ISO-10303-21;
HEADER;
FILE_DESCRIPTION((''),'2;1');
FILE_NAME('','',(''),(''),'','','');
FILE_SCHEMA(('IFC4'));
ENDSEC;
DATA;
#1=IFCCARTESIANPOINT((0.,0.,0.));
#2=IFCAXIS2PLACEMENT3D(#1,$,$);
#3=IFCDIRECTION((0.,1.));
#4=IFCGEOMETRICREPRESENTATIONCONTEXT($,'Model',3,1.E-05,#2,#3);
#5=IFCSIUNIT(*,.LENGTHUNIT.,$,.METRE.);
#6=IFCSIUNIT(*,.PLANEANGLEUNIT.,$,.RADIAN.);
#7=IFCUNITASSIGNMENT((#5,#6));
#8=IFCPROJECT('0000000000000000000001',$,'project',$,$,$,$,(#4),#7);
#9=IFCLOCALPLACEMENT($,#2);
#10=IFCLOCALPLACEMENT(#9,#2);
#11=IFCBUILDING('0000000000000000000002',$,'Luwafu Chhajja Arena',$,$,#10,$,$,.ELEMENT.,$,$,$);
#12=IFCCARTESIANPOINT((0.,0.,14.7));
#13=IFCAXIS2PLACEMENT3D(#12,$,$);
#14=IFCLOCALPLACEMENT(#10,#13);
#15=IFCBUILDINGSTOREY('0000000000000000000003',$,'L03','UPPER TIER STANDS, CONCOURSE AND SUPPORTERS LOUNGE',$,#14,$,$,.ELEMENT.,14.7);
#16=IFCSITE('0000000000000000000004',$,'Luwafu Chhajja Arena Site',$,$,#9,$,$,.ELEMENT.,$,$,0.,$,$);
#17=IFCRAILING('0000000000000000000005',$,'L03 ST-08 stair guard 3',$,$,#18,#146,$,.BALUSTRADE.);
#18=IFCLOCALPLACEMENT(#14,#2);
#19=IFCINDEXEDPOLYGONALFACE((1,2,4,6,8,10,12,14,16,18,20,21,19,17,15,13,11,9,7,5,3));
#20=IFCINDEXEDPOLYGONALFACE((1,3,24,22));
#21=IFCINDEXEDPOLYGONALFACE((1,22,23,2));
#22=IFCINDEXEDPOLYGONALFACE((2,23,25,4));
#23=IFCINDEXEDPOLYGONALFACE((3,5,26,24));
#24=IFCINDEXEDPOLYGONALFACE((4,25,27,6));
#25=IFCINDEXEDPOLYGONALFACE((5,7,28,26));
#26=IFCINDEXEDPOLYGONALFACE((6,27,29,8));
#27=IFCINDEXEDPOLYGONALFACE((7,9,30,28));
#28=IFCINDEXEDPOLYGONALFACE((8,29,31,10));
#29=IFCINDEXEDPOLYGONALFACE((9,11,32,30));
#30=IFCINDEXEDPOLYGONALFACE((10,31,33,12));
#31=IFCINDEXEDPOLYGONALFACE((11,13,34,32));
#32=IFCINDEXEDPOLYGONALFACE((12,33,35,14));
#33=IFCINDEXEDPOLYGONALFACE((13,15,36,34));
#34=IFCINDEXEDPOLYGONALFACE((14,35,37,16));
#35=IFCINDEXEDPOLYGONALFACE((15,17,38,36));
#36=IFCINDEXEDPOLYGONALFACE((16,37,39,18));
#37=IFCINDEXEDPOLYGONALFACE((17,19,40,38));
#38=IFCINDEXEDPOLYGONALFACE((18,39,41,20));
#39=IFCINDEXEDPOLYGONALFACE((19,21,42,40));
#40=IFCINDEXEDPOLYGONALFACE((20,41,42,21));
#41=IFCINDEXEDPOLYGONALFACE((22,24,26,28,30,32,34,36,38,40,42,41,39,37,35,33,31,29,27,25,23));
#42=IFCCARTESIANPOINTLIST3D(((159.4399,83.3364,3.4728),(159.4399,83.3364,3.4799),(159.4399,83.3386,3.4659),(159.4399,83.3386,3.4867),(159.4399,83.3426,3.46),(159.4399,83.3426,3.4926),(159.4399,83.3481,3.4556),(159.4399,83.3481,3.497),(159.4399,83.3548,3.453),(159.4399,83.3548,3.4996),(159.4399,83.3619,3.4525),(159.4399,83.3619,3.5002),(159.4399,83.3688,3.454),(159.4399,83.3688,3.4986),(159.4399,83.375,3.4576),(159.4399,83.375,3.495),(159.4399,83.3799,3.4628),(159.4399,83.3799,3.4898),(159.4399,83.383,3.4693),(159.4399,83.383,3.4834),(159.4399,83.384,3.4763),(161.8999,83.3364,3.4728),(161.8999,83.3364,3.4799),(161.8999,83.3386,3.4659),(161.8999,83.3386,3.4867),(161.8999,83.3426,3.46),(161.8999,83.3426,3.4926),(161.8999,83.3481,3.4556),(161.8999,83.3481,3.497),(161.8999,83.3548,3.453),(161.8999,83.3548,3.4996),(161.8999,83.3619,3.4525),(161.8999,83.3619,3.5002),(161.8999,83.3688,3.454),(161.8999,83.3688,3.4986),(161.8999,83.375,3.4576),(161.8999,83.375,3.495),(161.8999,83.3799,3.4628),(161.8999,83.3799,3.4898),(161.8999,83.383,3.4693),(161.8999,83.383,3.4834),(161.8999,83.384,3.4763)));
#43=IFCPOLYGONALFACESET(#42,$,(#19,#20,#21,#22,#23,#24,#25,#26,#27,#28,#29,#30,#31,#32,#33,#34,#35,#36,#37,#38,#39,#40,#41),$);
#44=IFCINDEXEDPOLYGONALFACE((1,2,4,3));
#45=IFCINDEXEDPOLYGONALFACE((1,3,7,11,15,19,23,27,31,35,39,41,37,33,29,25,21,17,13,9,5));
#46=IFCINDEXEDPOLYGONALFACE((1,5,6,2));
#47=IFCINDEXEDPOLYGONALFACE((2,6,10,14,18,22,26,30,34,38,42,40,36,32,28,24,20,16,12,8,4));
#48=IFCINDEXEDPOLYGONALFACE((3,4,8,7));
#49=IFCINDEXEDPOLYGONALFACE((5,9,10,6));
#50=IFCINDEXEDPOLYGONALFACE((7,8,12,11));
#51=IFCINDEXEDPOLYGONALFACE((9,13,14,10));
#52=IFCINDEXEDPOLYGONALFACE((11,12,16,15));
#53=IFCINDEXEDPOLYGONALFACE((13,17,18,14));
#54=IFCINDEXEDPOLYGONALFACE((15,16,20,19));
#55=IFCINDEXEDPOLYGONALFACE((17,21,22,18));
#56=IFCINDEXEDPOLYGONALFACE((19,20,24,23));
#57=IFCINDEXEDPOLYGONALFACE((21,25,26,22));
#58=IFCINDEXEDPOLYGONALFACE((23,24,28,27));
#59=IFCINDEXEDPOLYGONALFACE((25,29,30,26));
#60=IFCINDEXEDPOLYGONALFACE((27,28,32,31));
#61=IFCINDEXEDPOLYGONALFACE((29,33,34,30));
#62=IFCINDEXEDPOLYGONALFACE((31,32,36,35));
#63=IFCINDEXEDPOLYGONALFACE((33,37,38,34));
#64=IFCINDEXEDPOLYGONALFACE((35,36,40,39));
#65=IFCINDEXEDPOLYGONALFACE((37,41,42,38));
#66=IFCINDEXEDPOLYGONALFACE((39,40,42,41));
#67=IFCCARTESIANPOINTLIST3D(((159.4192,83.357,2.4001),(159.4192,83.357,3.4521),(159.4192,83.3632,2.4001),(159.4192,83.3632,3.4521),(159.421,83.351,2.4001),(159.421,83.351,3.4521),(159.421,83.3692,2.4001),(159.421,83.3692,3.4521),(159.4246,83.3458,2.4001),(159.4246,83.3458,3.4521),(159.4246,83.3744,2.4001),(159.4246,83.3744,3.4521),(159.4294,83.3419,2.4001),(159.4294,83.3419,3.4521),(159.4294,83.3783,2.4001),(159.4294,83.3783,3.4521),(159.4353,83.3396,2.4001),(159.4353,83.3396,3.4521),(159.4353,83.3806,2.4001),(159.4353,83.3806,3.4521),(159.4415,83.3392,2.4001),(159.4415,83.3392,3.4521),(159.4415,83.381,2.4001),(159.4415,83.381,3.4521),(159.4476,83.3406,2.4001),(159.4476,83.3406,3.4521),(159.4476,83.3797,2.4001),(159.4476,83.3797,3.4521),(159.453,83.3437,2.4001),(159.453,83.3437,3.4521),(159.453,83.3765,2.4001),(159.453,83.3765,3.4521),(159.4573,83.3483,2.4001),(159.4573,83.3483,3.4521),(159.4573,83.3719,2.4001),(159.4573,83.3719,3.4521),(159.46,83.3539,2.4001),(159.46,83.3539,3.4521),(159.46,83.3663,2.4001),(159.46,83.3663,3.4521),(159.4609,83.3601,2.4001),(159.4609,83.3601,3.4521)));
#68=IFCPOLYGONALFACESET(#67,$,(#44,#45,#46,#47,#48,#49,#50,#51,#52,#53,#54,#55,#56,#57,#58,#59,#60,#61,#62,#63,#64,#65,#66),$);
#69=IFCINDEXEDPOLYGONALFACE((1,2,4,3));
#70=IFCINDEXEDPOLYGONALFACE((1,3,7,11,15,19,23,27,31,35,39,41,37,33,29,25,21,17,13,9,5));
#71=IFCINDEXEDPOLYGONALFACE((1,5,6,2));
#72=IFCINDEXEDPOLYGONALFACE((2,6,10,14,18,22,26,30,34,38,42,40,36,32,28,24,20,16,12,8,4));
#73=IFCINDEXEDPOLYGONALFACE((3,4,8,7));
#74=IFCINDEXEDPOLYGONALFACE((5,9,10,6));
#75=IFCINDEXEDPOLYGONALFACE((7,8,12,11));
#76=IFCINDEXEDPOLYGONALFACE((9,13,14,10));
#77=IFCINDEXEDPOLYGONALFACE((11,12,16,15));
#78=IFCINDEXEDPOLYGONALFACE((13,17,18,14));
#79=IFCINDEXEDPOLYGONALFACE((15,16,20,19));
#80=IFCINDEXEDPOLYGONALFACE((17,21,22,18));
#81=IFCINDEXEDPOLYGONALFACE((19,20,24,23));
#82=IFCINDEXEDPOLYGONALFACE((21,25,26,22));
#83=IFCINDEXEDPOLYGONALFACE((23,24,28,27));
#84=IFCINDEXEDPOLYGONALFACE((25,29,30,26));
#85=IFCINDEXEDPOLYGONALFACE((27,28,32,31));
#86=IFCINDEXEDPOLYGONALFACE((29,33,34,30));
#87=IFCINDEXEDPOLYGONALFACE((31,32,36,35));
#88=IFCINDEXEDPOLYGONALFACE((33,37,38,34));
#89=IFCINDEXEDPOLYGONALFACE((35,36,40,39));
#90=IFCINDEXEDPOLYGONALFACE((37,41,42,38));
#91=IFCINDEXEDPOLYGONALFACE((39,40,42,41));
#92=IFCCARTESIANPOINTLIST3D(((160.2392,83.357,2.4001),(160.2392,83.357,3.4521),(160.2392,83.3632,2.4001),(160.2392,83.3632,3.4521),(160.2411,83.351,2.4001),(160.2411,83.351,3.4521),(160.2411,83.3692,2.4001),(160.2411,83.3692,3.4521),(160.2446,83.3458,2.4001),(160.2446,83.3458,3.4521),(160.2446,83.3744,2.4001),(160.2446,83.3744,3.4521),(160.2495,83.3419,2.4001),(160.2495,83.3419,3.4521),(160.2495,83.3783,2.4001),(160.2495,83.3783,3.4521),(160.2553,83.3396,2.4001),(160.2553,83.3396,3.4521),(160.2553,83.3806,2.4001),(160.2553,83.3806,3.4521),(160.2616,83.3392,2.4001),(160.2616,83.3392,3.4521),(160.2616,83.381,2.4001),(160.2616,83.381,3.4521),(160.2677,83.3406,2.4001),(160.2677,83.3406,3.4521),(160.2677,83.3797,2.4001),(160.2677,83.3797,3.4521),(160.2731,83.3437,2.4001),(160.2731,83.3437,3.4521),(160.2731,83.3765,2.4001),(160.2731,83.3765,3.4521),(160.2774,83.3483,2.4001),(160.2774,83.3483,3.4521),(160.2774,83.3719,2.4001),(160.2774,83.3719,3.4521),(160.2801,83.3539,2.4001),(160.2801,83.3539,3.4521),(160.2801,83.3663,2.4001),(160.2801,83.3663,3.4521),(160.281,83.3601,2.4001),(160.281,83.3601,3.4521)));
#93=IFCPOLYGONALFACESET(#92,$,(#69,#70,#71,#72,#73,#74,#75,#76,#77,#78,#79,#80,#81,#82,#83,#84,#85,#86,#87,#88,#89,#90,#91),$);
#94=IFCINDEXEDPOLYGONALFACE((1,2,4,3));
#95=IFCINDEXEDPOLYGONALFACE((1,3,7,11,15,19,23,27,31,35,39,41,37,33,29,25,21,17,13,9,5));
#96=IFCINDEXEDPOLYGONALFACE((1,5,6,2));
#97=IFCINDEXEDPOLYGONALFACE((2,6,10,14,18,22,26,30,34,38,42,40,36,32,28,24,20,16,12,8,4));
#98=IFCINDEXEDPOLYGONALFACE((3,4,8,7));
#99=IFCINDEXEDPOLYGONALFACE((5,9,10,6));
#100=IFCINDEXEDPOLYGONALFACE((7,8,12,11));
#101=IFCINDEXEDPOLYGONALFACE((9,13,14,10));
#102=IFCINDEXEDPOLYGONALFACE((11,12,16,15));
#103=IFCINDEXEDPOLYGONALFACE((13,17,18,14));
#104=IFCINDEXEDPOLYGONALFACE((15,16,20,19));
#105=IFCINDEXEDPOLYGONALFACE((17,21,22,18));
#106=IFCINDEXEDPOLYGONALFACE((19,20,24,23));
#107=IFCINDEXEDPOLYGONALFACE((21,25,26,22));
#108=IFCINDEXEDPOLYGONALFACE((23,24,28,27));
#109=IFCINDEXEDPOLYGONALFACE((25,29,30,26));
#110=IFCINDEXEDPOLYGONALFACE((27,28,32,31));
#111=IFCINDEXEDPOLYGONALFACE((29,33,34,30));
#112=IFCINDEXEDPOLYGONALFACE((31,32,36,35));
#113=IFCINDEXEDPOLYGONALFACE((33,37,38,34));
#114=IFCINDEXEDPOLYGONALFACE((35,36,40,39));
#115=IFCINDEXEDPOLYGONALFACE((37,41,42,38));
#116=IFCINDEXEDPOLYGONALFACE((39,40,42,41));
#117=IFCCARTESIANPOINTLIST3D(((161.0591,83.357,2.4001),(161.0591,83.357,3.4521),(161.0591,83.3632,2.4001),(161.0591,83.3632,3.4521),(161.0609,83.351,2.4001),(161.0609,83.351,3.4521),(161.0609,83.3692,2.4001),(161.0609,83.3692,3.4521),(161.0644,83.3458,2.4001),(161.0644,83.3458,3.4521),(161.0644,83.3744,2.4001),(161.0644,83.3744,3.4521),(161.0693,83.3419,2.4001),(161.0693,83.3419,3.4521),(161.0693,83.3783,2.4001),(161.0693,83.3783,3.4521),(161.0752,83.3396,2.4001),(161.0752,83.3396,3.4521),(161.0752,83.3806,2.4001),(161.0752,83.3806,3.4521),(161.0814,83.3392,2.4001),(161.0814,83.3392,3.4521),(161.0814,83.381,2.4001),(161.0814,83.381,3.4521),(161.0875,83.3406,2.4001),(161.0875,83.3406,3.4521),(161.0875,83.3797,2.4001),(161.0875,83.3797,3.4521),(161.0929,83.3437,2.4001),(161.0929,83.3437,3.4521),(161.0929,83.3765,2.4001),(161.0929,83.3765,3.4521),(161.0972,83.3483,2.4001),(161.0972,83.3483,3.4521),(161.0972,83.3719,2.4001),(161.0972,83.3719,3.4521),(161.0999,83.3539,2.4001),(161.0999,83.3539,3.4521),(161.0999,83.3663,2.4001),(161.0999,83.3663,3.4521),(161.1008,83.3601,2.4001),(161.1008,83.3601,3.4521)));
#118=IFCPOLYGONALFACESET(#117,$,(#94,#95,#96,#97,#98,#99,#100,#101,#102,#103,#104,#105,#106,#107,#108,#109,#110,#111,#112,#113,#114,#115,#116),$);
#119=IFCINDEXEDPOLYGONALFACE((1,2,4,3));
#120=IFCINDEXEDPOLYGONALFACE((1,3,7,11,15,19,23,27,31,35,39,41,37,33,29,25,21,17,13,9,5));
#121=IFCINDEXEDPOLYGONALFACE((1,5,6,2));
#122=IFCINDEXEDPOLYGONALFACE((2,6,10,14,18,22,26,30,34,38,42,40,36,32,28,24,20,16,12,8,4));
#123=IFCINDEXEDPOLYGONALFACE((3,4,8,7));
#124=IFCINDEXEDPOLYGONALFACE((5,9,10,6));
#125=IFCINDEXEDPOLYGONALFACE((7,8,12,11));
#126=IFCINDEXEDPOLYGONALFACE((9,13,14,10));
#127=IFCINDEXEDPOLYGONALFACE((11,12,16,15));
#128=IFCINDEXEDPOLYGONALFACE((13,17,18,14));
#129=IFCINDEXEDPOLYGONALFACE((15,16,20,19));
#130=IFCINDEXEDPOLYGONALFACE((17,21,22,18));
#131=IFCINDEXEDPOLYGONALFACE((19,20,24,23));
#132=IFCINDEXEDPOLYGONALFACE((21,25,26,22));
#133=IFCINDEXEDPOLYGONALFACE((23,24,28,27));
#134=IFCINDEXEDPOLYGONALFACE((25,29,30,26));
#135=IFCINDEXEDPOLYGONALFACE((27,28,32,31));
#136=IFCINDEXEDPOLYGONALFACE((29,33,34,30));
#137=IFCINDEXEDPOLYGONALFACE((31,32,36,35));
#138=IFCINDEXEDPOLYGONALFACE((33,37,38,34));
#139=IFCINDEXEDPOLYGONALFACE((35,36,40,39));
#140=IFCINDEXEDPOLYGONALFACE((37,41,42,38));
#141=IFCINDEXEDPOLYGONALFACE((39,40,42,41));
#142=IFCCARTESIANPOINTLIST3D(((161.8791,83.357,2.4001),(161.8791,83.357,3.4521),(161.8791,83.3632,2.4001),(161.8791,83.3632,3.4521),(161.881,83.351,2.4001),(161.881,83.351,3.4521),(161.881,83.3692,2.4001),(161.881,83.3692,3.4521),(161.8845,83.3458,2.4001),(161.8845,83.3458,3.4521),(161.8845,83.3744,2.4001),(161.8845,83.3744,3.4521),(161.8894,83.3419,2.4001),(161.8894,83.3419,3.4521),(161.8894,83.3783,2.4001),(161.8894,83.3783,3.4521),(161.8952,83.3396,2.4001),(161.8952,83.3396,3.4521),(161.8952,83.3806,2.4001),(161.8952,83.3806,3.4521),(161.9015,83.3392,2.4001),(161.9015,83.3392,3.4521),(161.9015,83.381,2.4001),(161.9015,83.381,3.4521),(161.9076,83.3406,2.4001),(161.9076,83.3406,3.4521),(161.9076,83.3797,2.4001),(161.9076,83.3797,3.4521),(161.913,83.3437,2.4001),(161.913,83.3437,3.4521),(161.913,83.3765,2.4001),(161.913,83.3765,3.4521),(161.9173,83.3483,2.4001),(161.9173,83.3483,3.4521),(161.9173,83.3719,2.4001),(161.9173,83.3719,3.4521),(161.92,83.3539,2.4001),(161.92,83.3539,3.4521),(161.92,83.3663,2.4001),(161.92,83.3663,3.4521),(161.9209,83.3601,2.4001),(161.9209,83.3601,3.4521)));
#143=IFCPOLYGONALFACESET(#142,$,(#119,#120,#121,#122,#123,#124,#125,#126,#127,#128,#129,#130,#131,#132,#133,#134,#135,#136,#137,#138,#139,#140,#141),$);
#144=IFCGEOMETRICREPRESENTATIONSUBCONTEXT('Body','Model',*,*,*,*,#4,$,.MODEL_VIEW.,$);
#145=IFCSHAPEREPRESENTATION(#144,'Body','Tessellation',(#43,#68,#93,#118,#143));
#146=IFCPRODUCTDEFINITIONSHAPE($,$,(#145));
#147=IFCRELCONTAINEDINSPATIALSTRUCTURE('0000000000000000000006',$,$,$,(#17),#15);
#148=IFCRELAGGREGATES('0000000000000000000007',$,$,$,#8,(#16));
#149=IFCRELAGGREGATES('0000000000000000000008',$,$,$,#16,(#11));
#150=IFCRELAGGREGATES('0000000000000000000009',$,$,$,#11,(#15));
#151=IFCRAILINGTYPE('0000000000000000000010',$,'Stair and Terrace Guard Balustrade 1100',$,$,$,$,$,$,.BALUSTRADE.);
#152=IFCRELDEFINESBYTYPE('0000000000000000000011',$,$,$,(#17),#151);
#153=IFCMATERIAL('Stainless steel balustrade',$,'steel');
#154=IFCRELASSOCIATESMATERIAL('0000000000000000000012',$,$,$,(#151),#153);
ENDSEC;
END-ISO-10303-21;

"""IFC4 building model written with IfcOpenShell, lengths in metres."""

from ifc_helpers import new_model, si_unit, direction, frame, origin, origin_2d, place, context, subcontext, project, spatial, circle, extrude, material, type_object, element, save


model = new_model("IFC4")

# Units and contexts
model_context = context("Model", 3, precision=1e-05, world=origin(), true_north=direction((0.0, 1.0)))
body_context = subcontext(model_context, "Body", "Model", "MODEL_VIEW")
ifc_project = project(units=[si_unit("LENGTHUNIT", "METRE"), si_unit("PLANEANGLEUNIT", "RADIAN")], contexts=[model_context])

# Site, building, storey
site_placement = place(None, origin())
site = spatial("IfcSite", under=ifc_project, at=site_placement, Name="Luwafu Chhajja Arena Site", CompositionType="ELEMENT", RefElevation=0.0)
building_placement = place(site_placement, origin())
building = spatial("IfcBuilding", under=site, at=building_placement, Name="Luwafu Chhajja Arena", CompositionType="ELEMENT")
storey_placement = place(building_placement, frame((0.0, 0.0, 14.7)))
storey = spatial("IfcBuildingStorey", under=building, at=storey_placement, Name="L03", Description="UPPER TIER STANDS, CONCOURSE AND SUPPORTERS LOUNGE", CompositionType="ELEMENT", Elevation=14.7)

# Railing
ifc_material_1 = material(Name="Stainless steel balustrade", Category="steel")
railing_type_1 = type_object("IfcRailingType", Name="Stair and Terrace Guard Balustrade 1100", PredefinedType="BALUSTRADE", material=ifc_material_1)
for number, where, name in (
    (1, (159.4399, 83.3601, 2.4001), "L03 ST-08 stair guard 3"),
):
    element("IfcRailing", number, at=place(storey_placement, frame(where)), inside=storey, type_object=railing_type_1, Name=name, PredefinedType="BALUSTRADE", context=body_context, shape_type="SweptSolid", body=[
        extrude(circle(Radius=0.0239, at=origin_2d()), frame((0.0, 0.0, 1.0762), z_axis=(1.0, 0.0, 0.0), x_axis=(0.0, 1.0, 0.0)), (0.0, 0.0, 1.0), 2.46),
        extrude(circle(Radius=0.021, at=origin_2d()), origin(), (0.0, 0.0, 1.0), 1.052),
        extrude(circle(Radius=0.021, at=origin_2d()), frame((0.8201, 0.0, 0.0)), (0.0, 0.0, 1.0), 1.052),
        extrude(circle(Radius=0.021, at=origin_2d()), frame((1.6399, 0.0, 0.0)), (0.0, 0.0, 1.0), 1.052),
        extrude(circle(Radius=0.021, at=origin_2d()), frame((2.46, 0.0, 0.0)), (0.0, 0.0, 1.0), 1.052),
    ])

save(model, "model.ifc")
